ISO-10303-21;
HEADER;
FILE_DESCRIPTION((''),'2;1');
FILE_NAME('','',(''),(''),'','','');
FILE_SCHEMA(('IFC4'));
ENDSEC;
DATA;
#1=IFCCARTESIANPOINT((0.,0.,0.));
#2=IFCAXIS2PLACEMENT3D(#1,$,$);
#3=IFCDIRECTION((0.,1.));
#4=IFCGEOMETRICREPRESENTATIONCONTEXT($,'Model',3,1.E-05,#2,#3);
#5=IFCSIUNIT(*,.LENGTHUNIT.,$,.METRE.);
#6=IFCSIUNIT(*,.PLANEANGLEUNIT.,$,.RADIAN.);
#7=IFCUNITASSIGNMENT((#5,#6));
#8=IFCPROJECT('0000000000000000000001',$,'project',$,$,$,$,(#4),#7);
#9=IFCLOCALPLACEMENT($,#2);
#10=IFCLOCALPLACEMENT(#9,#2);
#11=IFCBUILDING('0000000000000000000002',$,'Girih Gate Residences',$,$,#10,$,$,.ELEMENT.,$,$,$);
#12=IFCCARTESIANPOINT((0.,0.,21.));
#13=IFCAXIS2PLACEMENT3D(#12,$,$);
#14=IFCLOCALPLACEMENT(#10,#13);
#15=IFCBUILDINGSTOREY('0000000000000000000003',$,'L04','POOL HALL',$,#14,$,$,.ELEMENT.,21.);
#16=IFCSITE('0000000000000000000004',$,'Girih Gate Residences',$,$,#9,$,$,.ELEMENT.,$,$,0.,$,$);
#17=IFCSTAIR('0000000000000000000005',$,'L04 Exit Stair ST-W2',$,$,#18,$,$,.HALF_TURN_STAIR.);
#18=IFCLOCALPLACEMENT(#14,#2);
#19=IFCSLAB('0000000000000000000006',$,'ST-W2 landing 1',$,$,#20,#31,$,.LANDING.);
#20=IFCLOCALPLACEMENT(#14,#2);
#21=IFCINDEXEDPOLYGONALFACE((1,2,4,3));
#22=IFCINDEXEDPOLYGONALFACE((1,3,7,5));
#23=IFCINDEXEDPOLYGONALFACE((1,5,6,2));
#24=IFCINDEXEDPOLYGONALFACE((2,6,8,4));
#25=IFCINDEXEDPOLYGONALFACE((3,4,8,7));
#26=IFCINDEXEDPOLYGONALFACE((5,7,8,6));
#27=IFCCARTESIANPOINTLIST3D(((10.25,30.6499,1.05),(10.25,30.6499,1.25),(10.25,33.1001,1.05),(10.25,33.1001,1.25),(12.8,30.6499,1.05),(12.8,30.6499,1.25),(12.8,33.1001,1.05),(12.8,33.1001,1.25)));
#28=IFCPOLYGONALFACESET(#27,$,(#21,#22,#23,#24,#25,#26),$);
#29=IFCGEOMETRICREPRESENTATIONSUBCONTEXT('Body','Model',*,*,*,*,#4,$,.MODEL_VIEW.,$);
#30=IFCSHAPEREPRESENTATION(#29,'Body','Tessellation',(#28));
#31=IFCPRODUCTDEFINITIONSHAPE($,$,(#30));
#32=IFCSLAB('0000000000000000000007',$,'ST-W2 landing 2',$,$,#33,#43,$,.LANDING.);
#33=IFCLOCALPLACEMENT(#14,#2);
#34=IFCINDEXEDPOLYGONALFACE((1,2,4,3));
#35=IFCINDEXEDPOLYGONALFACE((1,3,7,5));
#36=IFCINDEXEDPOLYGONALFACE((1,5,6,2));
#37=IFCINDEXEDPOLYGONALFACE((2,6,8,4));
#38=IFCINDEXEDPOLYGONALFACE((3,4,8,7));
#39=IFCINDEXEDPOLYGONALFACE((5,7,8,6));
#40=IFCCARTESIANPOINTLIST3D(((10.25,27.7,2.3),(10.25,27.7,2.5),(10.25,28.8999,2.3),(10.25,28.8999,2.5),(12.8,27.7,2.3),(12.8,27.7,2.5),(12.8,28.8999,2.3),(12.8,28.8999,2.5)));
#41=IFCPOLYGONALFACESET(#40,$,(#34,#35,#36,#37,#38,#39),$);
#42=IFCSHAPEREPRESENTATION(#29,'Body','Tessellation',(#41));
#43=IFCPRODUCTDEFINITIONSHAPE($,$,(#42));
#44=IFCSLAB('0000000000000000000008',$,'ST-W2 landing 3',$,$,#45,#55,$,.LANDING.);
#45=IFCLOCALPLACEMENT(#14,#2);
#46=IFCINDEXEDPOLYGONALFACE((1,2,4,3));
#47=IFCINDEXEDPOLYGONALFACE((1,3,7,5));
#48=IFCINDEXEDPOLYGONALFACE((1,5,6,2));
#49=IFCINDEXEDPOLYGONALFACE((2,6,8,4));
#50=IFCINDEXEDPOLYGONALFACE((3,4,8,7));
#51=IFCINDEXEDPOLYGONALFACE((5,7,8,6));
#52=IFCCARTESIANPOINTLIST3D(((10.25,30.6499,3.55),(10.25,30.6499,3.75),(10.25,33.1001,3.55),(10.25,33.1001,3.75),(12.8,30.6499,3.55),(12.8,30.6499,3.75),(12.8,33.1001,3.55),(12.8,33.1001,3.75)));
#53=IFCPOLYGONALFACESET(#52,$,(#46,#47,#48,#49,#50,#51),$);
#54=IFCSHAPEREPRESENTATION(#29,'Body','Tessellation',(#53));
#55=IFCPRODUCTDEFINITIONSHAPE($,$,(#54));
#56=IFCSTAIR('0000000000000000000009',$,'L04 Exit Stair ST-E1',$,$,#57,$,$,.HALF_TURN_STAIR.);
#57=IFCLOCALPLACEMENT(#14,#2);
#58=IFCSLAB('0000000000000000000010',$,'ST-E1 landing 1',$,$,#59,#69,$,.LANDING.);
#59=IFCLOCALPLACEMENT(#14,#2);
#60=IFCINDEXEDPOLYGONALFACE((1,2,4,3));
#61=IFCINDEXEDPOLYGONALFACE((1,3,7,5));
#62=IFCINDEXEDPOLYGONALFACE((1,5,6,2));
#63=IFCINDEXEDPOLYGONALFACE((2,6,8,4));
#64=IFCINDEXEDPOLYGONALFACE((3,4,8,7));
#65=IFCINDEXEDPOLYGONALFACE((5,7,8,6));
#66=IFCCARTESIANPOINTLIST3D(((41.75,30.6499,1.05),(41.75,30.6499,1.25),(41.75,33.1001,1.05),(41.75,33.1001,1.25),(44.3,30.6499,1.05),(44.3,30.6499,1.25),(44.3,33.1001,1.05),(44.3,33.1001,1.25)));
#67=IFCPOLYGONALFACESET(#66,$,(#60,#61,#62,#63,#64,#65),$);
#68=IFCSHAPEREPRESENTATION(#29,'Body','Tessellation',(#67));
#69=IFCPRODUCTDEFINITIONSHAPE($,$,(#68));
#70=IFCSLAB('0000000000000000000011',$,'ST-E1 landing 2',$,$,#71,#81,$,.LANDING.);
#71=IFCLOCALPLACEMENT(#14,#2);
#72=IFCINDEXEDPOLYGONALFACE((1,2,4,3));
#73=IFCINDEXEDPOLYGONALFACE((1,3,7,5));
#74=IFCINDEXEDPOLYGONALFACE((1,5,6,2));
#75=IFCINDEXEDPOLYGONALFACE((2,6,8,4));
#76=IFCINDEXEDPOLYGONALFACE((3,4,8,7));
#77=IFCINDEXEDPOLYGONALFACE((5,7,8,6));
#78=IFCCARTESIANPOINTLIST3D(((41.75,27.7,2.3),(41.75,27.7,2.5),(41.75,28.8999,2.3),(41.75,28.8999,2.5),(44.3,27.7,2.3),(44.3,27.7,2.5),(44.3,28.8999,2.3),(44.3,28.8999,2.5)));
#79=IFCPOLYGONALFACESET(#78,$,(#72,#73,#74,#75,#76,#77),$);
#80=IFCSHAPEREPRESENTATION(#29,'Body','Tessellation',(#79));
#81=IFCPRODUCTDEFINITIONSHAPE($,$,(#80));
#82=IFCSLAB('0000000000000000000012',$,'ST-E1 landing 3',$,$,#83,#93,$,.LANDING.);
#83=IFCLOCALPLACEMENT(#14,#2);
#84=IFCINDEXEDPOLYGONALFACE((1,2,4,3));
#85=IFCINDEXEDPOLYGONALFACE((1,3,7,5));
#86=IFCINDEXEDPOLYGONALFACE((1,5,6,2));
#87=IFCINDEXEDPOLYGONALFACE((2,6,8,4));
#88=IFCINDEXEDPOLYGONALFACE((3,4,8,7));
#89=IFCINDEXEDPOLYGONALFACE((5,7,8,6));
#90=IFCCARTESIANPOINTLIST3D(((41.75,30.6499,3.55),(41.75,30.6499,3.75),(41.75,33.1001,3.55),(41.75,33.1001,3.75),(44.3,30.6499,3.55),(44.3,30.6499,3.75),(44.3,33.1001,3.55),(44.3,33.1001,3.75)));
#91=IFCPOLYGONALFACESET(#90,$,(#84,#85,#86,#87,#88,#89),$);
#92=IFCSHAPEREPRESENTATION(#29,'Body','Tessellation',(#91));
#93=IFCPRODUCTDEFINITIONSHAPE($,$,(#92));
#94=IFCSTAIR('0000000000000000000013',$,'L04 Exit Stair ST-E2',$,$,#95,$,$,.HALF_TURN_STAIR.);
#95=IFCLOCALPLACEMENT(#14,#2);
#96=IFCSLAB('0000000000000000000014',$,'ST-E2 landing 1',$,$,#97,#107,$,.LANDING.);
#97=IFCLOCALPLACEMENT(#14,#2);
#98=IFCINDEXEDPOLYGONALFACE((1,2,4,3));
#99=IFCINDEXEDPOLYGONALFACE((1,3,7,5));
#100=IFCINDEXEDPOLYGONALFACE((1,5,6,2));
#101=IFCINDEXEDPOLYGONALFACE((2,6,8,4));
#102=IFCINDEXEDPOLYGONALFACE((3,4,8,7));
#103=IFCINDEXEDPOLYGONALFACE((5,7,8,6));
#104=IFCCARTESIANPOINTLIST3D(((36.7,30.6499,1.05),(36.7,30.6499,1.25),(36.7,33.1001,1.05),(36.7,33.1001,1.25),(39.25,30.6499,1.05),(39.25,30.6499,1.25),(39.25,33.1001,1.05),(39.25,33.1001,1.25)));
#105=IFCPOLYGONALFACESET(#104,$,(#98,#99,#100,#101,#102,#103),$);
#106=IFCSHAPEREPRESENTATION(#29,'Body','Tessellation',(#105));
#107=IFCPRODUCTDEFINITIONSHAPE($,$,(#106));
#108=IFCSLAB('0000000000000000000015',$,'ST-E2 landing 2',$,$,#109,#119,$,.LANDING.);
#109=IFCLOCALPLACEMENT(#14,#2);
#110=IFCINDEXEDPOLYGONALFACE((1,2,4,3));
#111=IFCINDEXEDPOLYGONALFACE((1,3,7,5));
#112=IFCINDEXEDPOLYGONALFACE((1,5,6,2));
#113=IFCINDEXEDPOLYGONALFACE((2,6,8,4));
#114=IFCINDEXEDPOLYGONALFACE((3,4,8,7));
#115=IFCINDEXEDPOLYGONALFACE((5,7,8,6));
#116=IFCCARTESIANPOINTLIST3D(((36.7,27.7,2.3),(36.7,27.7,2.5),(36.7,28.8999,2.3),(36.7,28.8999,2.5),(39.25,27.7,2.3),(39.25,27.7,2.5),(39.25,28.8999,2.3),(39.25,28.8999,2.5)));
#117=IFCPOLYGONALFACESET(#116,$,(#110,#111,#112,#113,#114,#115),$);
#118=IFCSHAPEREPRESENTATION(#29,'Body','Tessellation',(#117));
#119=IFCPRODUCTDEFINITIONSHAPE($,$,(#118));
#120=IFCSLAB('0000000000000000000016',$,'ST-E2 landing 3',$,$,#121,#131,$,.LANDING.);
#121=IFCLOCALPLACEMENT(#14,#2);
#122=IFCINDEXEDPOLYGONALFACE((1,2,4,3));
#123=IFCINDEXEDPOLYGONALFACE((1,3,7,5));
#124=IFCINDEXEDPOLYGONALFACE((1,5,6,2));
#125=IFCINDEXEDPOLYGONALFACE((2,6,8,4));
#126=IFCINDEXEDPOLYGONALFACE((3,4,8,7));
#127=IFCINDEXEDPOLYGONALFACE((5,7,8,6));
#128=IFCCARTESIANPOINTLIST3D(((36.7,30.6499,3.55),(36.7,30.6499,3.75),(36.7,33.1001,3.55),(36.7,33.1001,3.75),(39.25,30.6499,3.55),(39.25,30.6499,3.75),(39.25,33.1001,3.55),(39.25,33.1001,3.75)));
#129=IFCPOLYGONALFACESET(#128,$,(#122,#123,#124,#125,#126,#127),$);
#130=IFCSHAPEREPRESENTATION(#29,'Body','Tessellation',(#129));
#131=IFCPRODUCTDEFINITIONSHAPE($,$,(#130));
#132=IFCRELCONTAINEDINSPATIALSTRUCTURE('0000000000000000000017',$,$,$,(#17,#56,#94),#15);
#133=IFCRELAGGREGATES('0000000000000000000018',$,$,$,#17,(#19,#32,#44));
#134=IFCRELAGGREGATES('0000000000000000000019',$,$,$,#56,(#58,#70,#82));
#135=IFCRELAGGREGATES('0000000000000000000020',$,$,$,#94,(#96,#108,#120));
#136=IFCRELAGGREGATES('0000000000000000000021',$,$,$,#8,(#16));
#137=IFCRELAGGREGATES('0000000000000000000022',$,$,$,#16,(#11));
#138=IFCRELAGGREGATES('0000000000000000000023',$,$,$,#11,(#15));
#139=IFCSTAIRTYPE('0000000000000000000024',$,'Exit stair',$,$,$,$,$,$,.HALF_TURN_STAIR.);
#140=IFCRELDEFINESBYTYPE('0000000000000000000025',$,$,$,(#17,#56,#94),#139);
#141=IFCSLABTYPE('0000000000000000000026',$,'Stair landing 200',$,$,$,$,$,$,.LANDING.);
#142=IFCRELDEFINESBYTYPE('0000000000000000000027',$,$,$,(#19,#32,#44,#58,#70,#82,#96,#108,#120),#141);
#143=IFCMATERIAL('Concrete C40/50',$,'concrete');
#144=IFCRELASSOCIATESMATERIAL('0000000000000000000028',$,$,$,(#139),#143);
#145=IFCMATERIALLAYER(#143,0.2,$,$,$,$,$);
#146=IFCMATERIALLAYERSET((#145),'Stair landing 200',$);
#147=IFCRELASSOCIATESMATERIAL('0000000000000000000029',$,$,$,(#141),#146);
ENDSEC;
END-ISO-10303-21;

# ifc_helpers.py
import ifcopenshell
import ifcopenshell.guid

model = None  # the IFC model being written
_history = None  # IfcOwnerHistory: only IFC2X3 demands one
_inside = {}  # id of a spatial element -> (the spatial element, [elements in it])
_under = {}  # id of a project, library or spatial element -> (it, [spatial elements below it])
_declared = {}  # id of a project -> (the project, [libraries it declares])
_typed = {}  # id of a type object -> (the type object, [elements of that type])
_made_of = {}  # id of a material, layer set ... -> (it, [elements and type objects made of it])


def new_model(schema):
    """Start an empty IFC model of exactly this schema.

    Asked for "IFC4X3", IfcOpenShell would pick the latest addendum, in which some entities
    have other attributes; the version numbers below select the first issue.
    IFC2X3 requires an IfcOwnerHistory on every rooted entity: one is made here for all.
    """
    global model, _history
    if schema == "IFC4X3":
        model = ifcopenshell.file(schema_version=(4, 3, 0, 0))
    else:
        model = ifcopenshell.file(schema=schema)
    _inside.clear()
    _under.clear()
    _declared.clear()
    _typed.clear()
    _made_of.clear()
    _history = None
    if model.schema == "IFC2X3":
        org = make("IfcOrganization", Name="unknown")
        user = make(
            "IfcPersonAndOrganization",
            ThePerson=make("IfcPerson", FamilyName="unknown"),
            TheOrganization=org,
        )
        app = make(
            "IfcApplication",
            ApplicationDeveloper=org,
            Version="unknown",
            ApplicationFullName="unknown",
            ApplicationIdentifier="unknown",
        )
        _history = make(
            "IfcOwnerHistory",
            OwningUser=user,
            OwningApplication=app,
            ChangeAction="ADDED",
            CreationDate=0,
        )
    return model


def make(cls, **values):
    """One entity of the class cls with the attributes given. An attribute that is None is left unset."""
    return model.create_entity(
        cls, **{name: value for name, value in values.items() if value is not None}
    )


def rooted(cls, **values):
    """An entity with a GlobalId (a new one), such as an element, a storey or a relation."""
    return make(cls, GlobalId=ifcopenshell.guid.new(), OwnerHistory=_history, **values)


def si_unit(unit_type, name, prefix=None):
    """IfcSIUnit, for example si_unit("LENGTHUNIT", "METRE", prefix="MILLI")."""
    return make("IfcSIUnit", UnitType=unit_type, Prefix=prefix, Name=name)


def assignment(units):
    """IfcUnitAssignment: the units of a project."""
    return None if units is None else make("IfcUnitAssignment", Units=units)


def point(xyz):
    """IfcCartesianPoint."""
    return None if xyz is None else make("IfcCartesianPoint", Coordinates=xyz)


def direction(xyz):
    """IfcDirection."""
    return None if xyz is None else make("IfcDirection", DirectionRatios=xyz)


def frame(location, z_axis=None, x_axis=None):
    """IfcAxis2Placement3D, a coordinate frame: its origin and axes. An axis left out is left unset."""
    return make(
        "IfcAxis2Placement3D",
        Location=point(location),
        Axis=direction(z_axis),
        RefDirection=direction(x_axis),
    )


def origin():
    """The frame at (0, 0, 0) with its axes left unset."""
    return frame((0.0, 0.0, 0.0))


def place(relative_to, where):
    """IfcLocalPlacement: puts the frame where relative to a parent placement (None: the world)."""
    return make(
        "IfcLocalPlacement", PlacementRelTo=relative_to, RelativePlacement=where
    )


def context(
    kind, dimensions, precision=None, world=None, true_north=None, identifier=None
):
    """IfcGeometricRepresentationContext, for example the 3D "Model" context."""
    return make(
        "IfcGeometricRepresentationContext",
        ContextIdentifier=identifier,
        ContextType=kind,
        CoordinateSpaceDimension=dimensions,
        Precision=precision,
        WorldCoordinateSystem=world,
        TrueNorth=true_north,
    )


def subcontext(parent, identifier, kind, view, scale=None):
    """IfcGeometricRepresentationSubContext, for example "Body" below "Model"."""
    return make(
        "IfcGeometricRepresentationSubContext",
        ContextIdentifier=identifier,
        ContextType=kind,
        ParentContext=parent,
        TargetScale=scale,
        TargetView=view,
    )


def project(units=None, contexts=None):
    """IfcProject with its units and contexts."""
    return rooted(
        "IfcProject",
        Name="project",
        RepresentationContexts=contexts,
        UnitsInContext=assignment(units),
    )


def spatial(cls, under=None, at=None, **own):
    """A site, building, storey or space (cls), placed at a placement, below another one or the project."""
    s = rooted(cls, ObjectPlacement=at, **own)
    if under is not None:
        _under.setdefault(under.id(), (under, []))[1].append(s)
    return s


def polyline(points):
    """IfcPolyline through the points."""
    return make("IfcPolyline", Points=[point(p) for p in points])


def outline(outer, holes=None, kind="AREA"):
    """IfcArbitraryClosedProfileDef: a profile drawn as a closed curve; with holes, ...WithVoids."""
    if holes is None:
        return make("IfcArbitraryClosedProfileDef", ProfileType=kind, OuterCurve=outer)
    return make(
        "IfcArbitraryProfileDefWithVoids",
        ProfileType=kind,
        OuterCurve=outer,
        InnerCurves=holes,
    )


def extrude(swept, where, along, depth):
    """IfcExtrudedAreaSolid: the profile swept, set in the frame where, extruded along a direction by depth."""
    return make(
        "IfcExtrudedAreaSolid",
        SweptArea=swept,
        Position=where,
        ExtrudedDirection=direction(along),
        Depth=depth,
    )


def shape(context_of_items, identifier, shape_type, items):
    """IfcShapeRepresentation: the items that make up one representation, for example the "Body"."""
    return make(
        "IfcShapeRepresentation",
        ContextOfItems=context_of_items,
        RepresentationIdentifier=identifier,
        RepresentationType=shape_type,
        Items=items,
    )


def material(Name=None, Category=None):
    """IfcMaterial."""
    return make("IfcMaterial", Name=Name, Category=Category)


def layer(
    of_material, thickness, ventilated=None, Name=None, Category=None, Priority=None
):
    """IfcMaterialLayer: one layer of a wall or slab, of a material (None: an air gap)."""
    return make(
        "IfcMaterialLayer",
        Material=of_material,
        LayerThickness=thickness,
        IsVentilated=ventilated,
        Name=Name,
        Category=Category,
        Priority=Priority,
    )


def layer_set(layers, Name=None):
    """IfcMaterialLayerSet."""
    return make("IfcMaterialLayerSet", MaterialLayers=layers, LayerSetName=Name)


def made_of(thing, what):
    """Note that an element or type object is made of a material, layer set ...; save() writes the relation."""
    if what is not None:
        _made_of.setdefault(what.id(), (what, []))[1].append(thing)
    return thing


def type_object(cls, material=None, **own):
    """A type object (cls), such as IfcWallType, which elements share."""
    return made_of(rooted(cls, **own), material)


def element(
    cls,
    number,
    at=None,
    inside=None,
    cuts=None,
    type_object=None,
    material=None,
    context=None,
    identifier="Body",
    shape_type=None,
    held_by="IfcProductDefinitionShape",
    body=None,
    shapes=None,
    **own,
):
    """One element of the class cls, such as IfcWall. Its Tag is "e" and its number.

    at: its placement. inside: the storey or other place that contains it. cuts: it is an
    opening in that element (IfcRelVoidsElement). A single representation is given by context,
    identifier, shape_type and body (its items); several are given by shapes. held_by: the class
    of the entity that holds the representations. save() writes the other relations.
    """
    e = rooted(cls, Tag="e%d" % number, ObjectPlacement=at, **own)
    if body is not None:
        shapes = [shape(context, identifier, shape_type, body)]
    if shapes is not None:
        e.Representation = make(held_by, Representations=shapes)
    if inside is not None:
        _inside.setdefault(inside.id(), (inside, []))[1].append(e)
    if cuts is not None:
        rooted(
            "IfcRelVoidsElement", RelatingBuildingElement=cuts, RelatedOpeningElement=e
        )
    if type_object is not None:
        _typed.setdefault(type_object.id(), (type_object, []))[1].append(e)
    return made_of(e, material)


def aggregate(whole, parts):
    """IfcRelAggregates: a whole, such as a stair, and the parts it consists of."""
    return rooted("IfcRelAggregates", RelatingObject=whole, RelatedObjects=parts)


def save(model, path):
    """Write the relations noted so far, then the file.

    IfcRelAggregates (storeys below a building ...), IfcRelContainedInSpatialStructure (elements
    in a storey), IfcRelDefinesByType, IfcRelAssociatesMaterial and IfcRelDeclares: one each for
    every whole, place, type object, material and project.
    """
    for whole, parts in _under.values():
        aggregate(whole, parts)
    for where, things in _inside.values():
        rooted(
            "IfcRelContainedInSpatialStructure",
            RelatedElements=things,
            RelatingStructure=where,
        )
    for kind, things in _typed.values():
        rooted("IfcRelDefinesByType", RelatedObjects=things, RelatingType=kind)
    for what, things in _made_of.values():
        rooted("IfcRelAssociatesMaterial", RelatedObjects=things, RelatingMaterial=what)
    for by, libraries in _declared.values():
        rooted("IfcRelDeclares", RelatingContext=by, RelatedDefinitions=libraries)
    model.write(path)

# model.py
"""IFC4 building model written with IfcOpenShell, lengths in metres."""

from ifc_helpers import new_model, si_unit, direction, frame, origin, place, context, subcontext, project, spatial, polyline, outline, extrude, material, layer, layer_set, type_object, element, aggregate, save


model = new_model("IFC4")

# Units and contexts
model_context = context("Model", 3, precision=1e-05, world=origin(), true_north=direction((0.0, 1.0)))
body_context = subcontext(model_context, "Body", "Model", "MODEL_VIEW")
ifc_project = project(units=[si_unit("LENGTHUNIT", "METRE"), si_unit("PLANEANGLEUNIT", "RADIAN")], contexts=[model_context])

# Site, building, storey
site_placement = place(None, origin())
site = spatial("IfcSite", under=ifc_project, at=site_placement, Name="Girih Gate Residences", CompositionType="ELEMENT", RefElevation=0.0)
building_placement = place(site_placement, origin())
building = spatial("IfcBuilding", under=site, at=building_placement, Name="Girih Gate Residences", CompositionType="ELEMENT")
storey_placement = place(building_placement, frame((0.0, 0.0, 21.0)))
storey = spatial("IfcBuildingStorey", under=building, at=storey_placement, Name="L04", Description="POOL HALL", CompositionType="ELEMENT", Elevation=21.0)

# Shared definitions
ifc_material = material(Name="Concrete C40/50", Category="concrete")

# Stairs, slabs
stair_type = type_object("IfcStairType", Name="Exit stair", PredefinedType="HALF_TURN_STAIR", material=ifc_material)
ifc_layer_1 = layer(ifc_material, 0.2)
ifc_layer_set_1 = layer_set([ifc_layer_1], Name="Stair landing 200")
slab_type_1 = type_object("IfcSlabType", Name="Stair landing 200", PredefinedType="LANDING", material=ifc_layer_set_1)
stair_1_placement = place(storey_placement, origin())
stair_1 = element("IfcStair", 1, at=stair_1_placement, inside=storey, type_object=stair_type, Name="L04 Exit Stair ST-W2", PredefinedType="HALF_TURN_STAIR")
slab_1_placement = place(storey_placement, frame((0.0, 0.0, 1.05)))
slab_1 = element("IfcSlab", 2, at=slab_1_placement, type_object=slab_type_1, Name="ST-W2 landing 1", PredefinedType="LANDING", context=body_context, shape_type="SweptSolid", body=[
    extrude(outline(polyline([(12.8, 30.6499), (12.8, 33.1001), (10.25, 33.1001), (10.25, 30.6499), (12.8, 30.6499)])), origin(), (0.0, 0.0, 1.0), 0.2),
])
slab_2_placement = place(storey_placement, frame((0.0, 0.0, 2.3)))
slab_2 = element("IfcSlab", 3, at=slab_2_placement, type_object=slab_type_1, Name="ST-W2 landing 2", PredefinedType="LANDING", context=body_context, shape_type="SweptSolid", body=[
    extrude(outline(polyline([(12.8, 27.7), (12.8, 28.8999), (10.25, 28.8999), (10.25, 27.7), (12.8, 27.7)])), origin(), (0.0, 0.0, 1.0), 0.2),
])
slab_3_placement = place(storey_placement, frame((0.0, 0.0, 3.55)))
slab_3 = element("IfcSlab", 4, at=slab_3_placement, type_object=slab_type_1, Name="ST-W2 landing 3", PredefinedType="LANDING", context=body_context, shape_type="SweptSolid", body=[
    extrude(outline(polyline([(12.8, 30.6499), (12.8, 33.1001), (10.25, 33.1001), (10.25, 30.6499), (12.8, 30.6499)])), origin(), (0.0, 0.0, 1.0), 0.2),
])
aggregate(stair_1, [slab_1, slab_2, slab_3])
stair_2_placement = place(storey_placement, origin())
stair_2 = element("IfcStair", 5, at=stair_2_placement, inside=storey, type_object=stair_type, Name="L04 Exit Stair ST-E1", PredefinedType="HALF_TURN_STAIR")
slab_4_placement = place(storey_placement, frame((0.0, 0.0, 1.05)))
slab_4 = element("IfcSlab", 6, at=slab_4_placement, type_object=slab_type_1, Name="ST-E1 landing 1", PredefinedType="LANDING", context=body_context, shape_type="SweptSolid", body=[
    extrude(outline(polyline([(44.3, 30.6499), (44.3, 33.1001), (41.75, 33.1001), (41.75, 30.6499), (44.3, 30.6499)])), origin(), (0.0, 0.0, 1.0), 0.2),
])
slab_5_placement = place(storey_placement, frame((0.0, 0.0, 2.3)))
slab_5 = element("IfcSlab", 7, at=slab_5_placement, type_object=slab_type_1, Name="ST-E1 landing 2", PredefinedType="LANDING", context=body_context, shape_type="SweptSolid", body=[
    extrude(outline(polyline([(44.3, 27.7), (44.3, 28.8999), (41.75, 28.8999), (41.75, 27.7), (44.3, 27.7)])), origin(), (0.0, 0.0, 1.0), 0.2),
])
slab_6_placement = place(storey_placement, frame((0.0, 0.0, 3.55)))
slab_6 = element("IfcSlab", 8, at=slab_6_placement, type_object=slab_type_1, Name="ST-E1 landing 3", PredefinedType="LANDING", context=body_context, shape_type="SweptSolid", body=[
    extrude(outline(polyline([(44.3, 30.6499), (44.3, 33.1001), (41.75, 33.1001), (41.75, 30.6499), (44.3, 30.6499)])), origin(), (0.0, 0.0, 1.0), 0.2),
])
aggregate(stair_2, [slab_4, slab_5, slab_6])
stair_3_placement = place(storey_placement, origin())
stair_3 = element("IfcStair", 9, at=stair_3_placement, inside=storey, type_object=stair_type, Name="L04 Exit Stair ST-E2", PredefinedType="HALF_TURN_STAIR")
slab_7_placement = place(storey_placement, frame((0.0, 0.0, 1.05)))
slab_7 = element("IfcSlab", 10, at=slab_7_placement, type_object=slab_type_1, Name="ST-E2 landing 1", PredefinedType="LANDING", context=body_context, shape_type="SweptSolid", body=[
    extrude(outline(polyline([(39.25, 30.6499), (39.25, 33.1001), (36.7, 33.1001), (36.7, 30.6499), (39.25, 30.6499)])), origin(), (0.0, 0.0, 1.0), 0.2),
])
slab_8_placement = place(storey_placement, frame((0.0, 0.0, 2.3)))
slab_8 = element("IfcSlab", 11, at=slab_8_placement, type_object=slab_type_1, Name="ST-E2 landing 2", PredefinedType="LANDING", context=body_context, shape_type="SweptSolid", body=[
    extrude(outline(polyline([(39.25, 27.7), (39.25, 28.8999), (36.7, 28.8999), (36.7, 27.7), (39.25, 27.7)])), origin(), (0.0, 0.0, 1.0), 0.2),
])
slab_9_placement = place(storey_placement, frame((0.0, 0.0, 3.55)))
slab_9 = element("IfcSlab", 12, at=slab_9_placement, type_object=slab_type_1, Name="ST-E2 landing 3", PredefinedType="LANDING", context=body_context, shape_type="SweptSolid", body=[
    extrude(outline(polyline([(39.25, 30.6499), (39.25, 33.1001), (36.7, 33.1001), (36.7, 30.6499), (39.25, 30.6499)])), origin(), (0.0, 0.0, 1.0), 0.2),
])
aggregate(stair_3, [slab_7, slab_8, slab_9])

save(model, "model.ifc")
